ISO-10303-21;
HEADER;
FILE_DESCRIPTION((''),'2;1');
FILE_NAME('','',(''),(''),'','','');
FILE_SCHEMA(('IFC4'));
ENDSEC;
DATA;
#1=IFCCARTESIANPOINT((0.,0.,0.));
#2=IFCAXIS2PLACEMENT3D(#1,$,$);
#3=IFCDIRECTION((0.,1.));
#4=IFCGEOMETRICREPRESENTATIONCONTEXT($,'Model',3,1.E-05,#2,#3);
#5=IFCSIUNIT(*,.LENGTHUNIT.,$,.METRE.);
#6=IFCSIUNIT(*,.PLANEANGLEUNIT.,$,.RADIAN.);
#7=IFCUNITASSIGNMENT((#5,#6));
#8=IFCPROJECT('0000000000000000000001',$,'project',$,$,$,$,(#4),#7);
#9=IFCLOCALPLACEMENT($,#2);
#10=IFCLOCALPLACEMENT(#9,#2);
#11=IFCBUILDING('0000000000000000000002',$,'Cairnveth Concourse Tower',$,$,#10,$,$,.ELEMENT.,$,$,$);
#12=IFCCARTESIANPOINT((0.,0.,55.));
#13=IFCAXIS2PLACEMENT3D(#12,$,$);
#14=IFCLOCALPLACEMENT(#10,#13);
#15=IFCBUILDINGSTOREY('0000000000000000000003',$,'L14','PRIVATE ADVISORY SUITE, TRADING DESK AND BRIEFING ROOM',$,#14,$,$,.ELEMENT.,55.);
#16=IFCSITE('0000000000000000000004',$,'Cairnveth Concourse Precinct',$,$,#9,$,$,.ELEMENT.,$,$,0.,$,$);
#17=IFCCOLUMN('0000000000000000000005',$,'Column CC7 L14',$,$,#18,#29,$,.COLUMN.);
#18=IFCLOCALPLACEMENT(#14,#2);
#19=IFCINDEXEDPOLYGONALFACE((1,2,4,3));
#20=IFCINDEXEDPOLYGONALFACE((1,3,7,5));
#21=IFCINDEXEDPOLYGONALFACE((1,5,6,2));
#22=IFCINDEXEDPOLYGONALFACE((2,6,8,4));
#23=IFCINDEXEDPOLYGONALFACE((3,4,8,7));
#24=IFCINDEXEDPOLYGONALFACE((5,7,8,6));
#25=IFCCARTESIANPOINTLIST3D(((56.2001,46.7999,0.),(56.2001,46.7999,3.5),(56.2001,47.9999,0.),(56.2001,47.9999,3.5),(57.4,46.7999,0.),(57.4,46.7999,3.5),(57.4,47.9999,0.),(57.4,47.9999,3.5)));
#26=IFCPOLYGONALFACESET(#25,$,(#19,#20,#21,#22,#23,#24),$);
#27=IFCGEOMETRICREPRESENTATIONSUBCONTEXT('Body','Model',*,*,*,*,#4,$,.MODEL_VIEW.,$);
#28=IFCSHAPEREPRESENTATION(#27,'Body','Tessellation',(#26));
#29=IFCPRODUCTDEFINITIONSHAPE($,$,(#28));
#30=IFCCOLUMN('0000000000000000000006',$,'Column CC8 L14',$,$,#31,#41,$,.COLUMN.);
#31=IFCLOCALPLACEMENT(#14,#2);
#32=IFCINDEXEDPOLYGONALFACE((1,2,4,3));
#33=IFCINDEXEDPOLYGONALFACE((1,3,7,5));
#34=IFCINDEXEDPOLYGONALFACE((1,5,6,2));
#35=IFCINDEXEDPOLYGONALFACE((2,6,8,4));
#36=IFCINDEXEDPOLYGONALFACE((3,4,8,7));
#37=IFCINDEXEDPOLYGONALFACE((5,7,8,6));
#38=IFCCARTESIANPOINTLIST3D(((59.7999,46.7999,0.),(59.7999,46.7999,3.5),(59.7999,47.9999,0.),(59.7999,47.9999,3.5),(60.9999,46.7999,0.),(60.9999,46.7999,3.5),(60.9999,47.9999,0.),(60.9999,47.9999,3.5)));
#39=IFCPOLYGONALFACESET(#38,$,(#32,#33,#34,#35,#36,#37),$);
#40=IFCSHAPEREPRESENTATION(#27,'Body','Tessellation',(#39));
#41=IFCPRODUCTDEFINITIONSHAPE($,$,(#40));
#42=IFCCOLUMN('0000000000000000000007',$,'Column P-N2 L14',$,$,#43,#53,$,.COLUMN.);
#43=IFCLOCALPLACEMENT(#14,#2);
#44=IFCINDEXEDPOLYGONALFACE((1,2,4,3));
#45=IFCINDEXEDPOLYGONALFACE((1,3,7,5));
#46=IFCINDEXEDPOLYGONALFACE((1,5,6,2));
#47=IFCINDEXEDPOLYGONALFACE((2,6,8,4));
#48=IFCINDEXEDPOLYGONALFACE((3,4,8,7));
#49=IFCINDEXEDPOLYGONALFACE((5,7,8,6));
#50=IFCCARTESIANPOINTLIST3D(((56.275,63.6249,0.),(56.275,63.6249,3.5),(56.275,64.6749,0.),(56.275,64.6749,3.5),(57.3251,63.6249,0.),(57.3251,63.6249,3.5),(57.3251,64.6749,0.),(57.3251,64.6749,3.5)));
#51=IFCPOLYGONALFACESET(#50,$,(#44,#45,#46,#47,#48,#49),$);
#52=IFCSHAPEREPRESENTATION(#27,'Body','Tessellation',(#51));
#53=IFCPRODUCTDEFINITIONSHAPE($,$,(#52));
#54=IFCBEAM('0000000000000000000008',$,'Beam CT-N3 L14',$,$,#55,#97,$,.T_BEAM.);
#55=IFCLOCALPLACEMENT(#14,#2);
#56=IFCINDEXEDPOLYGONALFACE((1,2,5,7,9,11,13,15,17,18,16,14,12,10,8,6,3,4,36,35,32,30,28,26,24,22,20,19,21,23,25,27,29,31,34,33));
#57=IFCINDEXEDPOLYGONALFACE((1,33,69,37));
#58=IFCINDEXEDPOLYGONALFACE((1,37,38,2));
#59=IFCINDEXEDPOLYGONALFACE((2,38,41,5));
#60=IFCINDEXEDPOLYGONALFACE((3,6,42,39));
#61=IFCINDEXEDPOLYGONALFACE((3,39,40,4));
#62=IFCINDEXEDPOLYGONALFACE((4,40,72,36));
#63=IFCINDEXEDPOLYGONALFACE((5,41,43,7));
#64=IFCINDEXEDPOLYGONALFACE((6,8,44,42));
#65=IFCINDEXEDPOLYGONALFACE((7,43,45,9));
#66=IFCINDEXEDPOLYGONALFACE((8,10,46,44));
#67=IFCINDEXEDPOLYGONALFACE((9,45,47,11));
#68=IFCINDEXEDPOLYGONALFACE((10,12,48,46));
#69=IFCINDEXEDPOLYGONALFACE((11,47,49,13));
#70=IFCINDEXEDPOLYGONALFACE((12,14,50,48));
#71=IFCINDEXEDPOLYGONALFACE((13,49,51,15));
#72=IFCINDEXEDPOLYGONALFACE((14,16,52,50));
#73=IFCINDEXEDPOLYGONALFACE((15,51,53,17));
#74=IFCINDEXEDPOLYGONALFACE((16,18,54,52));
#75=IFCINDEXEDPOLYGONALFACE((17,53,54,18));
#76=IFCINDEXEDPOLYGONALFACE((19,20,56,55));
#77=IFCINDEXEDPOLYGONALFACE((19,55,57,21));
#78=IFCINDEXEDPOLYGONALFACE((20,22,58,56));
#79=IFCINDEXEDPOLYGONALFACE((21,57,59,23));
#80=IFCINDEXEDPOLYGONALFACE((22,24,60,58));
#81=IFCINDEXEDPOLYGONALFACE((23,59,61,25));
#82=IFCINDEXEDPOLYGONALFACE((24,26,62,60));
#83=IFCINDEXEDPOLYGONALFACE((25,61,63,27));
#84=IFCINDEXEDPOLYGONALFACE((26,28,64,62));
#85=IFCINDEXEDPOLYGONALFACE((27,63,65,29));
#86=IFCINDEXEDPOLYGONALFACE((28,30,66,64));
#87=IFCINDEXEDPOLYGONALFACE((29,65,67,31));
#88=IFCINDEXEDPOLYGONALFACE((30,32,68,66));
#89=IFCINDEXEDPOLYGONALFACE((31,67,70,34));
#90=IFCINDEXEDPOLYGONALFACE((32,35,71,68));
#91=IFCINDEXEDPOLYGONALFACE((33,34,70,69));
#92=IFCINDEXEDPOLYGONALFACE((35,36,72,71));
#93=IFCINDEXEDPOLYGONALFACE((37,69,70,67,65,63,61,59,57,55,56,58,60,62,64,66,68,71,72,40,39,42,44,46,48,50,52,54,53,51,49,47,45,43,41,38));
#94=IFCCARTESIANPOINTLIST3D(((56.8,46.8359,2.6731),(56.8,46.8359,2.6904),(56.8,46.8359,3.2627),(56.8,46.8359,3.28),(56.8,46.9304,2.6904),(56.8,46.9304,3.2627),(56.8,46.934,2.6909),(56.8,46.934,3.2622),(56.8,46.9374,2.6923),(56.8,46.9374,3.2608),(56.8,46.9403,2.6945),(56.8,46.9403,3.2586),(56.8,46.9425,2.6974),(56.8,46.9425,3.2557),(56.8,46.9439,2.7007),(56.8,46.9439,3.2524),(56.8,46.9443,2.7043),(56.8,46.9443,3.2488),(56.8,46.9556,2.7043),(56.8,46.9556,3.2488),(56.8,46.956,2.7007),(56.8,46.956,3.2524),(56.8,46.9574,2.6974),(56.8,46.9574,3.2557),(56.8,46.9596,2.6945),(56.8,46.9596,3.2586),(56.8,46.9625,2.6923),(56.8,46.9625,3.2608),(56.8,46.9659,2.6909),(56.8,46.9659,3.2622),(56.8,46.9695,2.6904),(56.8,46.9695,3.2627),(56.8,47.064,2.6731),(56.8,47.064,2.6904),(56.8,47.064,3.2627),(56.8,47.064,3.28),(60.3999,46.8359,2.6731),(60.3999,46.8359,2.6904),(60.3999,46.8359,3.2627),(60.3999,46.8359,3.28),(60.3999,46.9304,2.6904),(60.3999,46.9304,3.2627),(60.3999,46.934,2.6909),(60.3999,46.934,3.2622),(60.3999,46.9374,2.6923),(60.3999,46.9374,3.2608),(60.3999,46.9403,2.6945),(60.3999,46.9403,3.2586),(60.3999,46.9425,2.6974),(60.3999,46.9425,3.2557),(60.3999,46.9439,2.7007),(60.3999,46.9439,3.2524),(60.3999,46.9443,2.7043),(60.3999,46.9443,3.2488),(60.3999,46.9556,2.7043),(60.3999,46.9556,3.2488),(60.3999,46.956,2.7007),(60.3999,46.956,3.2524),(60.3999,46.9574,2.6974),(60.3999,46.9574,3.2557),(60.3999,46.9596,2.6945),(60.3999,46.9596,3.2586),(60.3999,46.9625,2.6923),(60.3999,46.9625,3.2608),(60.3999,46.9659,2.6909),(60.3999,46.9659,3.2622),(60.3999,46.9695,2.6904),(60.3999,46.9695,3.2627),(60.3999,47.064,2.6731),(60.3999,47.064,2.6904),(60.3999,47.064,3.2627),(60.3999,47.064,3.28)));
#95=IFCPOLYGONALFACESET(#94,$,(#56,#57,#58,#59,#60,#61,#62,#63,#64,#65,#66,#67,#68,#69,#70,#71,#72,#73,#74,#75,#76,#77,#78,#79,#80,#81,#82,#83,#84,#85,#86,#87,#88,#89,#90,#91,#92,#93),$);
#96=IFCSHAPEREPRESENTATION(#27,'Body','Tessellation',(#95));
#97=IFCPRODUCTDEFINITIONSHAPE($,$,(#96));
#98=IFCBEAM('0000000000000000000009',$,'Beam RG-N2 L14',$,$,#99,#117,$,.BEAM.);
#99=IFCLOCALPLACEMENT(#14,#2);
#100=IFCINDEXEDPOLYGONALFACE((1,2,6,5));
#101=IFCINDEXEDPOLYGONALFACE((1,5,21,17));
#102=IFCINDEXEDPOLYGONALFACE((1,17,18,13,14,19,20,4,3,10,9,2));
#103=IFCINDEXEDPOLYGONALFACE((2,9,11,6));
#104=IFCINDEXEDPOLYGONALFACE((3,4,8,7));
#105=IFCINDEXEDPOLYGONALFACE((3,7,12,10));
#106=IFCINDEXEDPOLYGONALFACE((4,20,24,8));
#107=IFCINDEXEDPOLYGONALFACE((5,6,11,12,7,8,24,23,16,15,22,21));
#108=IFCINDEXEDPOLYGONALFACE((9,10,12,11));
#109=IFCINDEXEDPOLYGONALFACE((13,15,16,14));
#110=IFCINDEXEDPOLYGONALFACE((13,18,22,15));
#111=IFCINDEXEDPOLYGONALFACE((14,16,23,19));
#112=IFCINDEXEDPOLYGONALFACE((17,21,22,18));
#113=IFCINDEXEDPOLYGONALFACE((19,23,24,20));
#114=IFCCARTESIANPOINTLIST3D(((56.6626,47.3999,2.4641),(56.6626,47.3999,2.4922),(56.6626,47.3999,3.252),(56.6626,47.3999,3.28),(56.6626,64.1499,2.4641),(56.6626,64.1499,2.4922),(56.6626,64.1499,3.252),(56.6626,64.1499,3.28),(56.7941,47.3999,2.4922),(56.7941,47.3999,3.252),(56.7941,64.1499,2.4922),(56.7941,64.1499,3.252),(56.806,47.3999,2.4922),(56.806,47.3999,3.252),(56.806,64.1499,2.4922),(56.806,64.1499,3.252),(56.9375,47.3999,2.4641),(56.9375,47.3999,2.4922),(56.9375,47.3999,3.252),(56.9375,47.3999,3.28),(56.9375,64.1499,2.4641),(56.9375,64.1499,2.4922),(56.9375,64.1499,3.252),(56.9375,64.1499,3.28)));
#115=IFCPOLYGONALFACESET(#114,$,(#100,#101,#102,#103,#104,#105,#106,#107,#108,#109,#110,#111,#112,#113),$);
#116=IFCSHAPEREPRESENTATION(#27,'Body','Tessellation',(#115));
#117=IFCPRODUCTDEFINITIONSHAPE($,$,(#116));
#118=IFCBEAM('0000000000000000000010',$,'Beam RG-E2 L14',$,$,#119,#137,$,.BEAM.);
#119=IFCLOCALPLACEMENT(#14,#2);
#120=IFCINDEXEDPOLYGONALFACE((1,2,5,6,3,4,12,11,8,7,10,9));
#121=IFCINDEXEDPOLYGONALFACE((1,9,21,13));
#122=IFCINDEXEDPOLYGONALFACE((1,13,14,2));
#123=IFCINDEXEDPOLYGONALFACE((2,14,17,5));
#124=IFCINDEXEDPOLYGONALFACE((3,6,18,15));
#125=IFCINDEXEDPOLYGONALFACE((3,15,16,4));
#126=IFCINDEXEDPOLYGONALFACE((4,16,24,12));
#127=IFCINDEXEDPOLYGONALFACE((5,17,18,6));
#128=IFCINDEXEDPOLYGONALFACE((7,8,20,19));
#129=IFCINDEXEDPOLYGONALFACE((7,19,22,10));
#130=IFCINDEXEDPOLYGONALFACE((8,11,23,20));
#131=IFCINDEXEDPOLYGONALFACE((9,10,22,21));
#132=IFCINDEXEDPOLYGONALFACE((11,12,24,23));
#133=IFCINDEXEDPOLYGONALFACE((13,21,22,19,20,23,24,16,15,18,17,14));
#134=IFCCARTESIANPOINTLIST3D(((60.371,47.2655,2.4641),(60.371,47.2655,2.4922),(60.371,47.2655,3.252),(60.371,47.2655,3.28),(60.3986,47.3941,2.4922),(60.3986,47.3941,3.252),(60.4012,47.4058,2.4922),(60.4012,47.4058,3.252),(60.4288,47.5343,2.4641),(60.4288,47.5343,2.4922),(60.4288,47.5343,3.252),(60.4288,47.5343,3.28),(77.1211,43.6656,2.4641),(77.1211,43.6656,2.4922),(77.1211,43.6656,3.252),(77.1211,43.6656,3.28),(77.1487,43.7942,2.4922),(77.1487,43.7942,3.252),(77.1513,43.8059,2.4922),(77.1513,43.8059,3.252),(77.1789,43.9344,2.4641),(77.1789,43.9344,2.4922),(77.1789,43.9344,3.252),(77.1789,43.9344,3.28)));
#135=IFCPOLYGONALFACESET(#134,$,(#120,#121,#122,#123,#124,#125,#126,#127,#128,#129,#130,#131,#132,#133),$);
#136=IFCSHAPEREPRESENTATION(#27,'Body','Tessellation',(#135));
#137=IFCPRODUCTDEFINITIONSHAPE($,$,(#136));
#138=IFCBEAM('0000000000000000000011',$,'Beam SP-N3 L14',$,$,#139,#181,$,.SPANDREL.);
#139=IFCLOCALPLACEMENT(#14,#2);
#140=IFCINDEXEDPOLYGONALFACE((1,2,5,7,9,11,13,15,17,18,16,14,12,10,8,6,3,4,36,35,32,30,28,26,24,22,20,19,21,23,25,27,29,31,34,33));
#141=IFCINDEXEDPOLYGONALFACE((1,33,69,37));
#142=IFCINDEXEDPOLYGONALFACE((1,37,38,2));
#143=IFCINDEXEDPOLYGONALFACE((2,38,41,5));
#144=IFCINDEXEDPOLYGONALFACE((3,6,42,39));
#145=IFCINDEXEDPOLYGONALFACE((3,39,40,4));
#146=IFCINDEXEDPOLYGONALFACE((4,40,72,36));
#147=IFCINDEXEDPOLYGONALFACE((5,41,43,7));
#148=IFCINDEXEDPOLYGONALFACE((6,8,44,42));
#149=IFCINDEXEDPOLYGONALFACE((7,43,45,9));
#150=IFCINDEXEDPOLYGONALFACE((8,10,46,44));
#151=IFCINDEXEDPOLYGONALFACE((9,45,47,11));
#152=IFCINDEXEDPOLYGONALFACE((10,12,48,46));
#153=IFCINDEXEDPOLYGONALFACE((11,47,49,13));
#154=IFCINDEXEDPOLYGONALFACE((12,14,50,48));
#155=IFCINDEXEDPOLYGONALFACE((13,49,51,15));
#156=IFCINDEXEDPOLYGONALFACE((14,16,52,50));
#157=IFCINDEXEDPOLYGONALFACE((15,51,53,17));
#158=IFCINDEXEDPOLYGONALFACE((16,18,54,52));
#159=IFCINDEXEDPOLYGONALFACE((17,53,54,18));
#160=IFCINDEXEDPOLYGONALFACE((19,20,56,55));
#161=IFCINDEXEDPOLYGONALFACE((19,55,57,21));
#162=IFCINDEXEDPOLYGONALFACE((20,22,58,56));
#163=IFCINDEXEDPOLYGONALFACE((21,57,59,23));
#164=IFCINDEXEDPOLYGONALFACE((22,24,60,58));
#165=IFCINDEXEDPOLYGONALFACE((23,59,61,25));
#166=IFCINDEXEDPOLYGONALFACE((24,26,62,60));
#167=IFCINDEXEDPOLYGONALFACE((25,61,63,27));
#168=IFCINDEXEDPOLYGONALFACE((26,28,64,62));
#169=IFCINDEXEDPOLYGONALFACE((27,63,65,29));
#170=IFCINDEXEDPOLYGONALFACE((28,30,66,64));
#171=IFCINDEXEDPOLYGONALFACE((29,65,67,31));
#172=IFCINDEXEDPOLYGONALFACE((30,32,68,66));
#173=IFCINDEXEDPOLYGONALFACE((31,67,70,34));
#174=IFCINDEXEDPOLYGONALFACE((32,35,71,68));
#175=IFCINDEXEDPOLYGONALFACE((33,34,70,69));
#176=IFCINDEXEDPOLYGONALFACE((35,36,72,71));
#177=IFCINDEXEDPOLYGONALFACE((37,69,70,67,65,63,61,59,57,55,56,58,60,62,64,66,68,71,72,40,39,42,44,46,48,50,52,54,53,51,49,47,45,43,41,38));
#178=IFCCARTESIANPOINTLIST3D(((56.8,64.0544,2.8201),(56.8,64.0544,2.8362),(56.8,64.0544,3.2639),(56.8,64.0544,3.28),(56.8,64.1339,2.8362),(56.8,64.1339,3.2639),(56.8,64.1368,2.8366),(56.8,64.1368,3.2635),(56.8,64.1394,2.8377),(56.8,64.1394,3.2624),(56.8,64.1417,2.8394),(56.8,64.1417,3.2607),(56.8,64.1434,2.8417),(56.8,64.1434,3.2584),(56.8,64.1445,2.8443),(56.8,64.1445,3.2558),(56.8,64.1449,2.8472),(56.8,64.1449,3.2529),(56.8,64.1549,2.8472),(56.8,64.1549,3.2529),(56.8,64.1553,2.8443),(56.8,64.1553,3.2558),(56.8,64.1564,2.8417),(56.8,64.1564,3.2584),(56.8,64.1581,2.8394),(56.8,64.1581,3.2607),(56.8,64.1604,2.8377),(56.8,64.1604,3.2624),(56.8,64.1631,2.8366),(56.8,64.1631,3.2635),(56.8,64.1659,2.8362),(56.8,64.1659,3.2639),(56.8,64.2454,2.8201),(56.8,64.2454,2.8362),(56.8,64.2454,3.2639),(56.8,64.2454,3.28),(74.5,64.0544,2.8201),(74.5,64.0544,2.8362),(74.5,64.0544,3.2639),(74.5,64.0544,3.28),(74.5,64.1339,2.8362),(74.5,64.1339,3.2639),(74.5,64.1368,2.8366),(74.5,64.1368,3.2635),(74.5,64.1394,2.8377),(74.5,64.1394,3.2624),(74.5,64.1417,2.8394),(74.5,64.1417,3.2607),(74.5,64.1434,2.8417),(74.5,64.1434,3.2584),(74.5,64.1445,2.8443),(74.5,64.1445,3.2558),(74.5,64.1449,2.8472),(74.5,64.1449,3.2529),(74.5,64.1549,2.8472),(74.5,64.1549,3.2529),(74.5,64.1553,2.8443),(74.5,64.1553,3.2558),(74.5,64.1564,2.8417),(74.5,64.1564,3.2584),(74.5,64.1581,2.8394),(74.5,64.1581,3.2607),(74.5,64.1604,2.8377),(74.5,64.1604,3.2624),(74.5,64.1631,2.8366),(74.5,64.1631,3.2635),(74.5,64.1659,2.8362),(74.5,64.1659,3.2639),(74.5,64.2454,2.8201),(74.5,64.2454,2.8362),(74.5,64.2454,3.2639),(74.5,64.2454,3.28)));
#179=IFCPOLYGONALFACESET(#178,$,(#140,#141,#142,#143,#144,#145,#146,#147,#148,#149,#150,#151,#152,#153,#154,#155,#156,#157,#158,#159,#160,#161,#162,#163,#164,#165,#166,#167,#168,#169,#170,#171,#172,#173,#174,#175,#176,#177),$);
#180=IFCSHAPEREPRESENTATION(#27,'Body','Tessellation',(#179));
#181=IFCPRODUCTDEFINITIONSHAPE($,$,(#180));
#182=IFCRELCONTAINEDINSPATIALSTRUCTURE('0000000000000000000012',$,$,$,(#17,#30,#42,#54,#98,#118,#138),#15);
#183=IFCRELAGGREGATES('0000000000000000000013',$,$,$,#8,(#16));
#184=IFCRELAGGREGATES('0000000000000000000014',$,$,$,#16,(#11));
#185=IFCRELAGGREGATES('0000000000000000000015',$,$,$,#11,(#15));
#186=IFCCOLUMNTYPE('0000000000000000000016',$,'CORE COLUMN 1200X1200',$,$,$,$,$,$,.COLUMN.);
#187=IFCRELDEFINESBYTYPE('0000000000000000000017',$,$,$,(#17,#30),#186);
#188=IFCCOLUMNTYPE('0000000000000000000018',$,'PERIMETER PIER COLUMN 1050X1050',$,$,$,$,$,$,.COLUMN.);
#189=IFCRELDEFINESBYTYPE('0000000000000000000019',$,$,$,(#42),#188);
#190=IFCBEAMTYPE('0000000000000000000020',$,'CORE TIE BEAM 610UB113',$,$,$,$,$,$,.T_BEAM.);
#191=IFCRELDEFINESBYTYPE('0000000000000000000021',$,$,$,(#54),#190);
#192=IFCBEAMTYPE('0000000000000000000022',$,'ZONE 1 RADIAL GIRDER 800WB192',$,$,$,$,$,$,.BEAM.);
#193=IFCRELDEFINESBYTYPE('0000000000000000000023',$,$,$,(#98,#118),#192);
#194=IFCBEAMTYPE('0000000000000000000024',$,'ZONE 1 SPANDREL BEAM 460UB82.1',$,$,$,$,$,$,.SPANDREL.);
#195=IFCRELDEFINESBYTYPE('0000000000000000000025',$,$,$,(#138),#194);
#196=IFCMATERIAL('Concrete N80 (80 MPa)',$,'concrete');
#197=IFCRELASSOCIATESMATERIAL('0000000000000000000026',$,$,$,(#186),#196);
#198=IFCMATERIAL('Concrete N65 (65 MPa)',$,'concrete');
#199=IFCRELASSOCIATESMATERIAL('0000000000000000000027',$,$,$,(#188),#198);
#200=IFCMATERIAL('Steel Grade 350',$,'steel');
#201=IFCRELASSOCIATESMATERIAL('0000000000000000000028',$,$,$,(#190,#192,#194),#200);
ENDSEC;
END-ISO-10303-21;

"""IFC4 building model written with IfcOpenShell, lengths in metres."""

from ifc_helpers import new_model, si_unit, direction, frame, origin, origin_2d, place, context, subcontext, project, spatial, rectangle, i_section, extrude, material, material_profile, profile_set, type_object, element, save


model = new_model("IFC4")

# Units and contexts
model_context = context("Model", 3, precision=1e-05, world=origin(), true_north=direction((0.0, 1.0)))
body_context = subcontext(model_context, "Body", "Model", "MODEL_VIEW")
ifc_project = project(units=[si_unit("LENGTHUNIT", "METRE"), si_unit("PLANEANGLEUNIT", "RADIAN")], contexts=[model_context])

# Site, building, storey
site_placement = place(None, origin())
site = spatial("IfcSite", under=ifc_project, at=site_placement, Name="Cairnveth Concourse Precinct", CompositionType="ELEMENT", RefElevation=0.0)
building_placement = place(site_placement, origin())
building = spatial("IfcBuilding", under=site, at=building_placement, Name="Cairnveth Concourse Tower", CompositionType="ELEMENT")
storey_placement = place(building_placement, frame((0.0, 0.0, 55.0)))
storey = spatial("IfcBuildingStorey", under=building, at=storey_placement, Name="L14", Description="PRIVATE ADVISORY SUITE, TRADING DESK AND BRIEFING ROOM", CompositionType="ELEMENT", Elevation=55.0)

# Columns
ifc_material_1 = material(Name="Concrete N80 (80 MPa)", Category="concrete")
ifc_material_profile_1 = material_profile(ifc_material_1, rectangle(XDim=1.2, YDim=1.2, at=origin_2d()), Name="RC-COL-1200x1200")
ifc_profile_set_1 = profile_set([ifc_material_profile_1], Name="Concrete N80 (80 MPa)")
column_type_1 = type_object("IfcColumnType", Name="CORE COLUMN 1200X1200", PredefinedType="COLUMN", material=ifc_profile_set_1)
for number, where, z_axis, x_axis, name in (
    (1, (56.8, 47.3999, 0.0), (0.0, 0.0, 1.0), (1.0, 0.0, 0.0), "Column CC7 L14"),
    (2, (60.3999, 47.3999, 0.0), (0.0, 0.0, 1.0), (1.0, 0.0, 0.0), "Column CC8 L14"),
):
    element("IfcColumn", number, at=place(storey_placement, frame(where, z_axis=z_axis, x_axis=x_axis)), inside=storey, type_object=column_type_1, Name=name, PredefinedType="COLUMN", context=body_context, shape_type="SweptSolid", body=[
        extrude(rectangle(XDim=1.2, YDim=1.2, at=origin_2d()), origin(), (0.0, 0.0, 1.0), 3.5),
    ])
ifc_material_2 = material(Name="Concrete N65 (65 MPa)", Category="concrete")
ifc_material_profile_2 = material_profile(ifc_material_2, rectangle(XDim=1.05, YDim=1.05, at=origin_2d()), Name="RC-COL-1050x1050")
ifc_profile_set_2 = profile_set([ifc_material_profile_2], Name="Concrete N65 (65 MPa)")
column_type_2 = type_object("IfcColumnType", Name="PERIMETER PIER COLUMN 1050X1050", PredefinedType="COLUMN", material=ifc_profile_set_2)
column_placement = place(storey_placement, frame((56.8, 64.1499, 0.0), z_axis=(0.0, 0.0, 1.0), x_axis=(1.0, 0.0, 0.0)))
element("IfcColumn", 3, at=column_placement, inside=storey, type_object=column_type_2, Name="Column P-N2 L14", PredefinedType="COLUMN", context=body_context, shape_type="SweptSolid", body=[
    extrude(rectangle(XDim=1.05, YDim=1.05, at=origin_2d()), origin(), (0.0, 0.0, 1.0), 3.5),
])

# Beams
ifc_material_3 = material(Name="Steel Grade 350", Category="steel")
ifc_material_profile_3 = material_profile(ifc_material_3, i_section(OverallWidth=0.228, OverallDepth=0.6069, WebThickness=0.0112, FlangeThickness=0.0173, FilletRadius=0.0139, at=origin_2d()), Name="610UB113")
ifc_profile_set_3 = profile_set([ifc_material_profile_3], Name="Steel Grade 350")
beam_type_1 = type_object("IfcBeamType", Name="CORE TIE BEAM 610UB113", PredefinedType="T_BEAM", material=ifc_profile_set_3)
beam_1_placement = place(storey_placement, frame((56.8, 46.95, 2.9766), z_axis=(1.0, 0.0, 0.0), x_axis=(0.0, 1.0, 0.0)))
element("IfcBeam", 4, at=beam_1_placement, inside=storey, type_object=beam_type_1, Name="Beam CT-N3 L14", PredefinedType="T_BEAM", context=body_context, shape_type="SweptSolid", body=[
    extrude(i_section(OverallWidth=0.228, OverallDepth=0.6069, WebThickness=0.0112, FlangeThickness=0.0173, FilletRadius=0.0139, at=origin_2d()), origin(), (0.0, 0.0, 1.0), 3.5999),
])
ifc_material_profile_4 = material_profile(ifc_material_3, i_section(OverallWidth=0.2749, OverallDepth=0.8159, WebThickness=0.012, FlangeThickness=0.0281, at=origin_2d()), Name="800WB192")
ifc_profile_set_4 = profile_set([ifc_material_profile_4], Name="Steel Grade 350")
beam_type_2 = type_object("IfcBeamType", Name="ZONE 1 RADIAL GIRDER 800WB192", PredefinedType="BEAM", material=ifc_profile_set_4)
beam_2_placement = place(storey_placement, frame((56.8, 47.3999, 2.8721), z_axis=(0.0, 1.0, 0.0), x_axis=(-1.0, 0.0, 0.0)))
element("IfcBeam", 5, at=beam_2_placement, inside=storey, type_object=beam_type_2, Name="Beam RG-N2 L14", PredefinedType="BEAM", context=body_context, shape_type="SweptSolid", body=[
    extrude(i_section(OverallWidth=0.2749, OverallDepth=0.8159, WebThickness=0.012, FlangeThickness=0.0281, at=origin_2d()), origin(), (0.0, 0.0, 1.0), 16.75),
])
beam_3_placement = place(storey_placement, frame((60.3999, 47.3999, 2.8721), z_axis=(0.977676, -0.210119, 0.0), x_axis=(0.210119, 0.977676, 0.0)))
element("IfcBeam", 6, at=beam_3_placement, inside=storey, type_object=beam_type_2, Name="Beam RG-E2 L14", PredefinedType="BEAM", context=body_context, shape_type="SweptSolid", body=[
    extrude(i_section(OverallWidth=0.2749, OverallDepth=0.8159, WebThickness=0.012, FlangeThickness=0.0281, at=origin_2d()), origin(), (0.0, 0.0, 1.0), 17.1326),
])
ifc_material_profile_5 = material_profile(ifc_material_3, i_section(OverallWidth=0.1909, OverallDepth=0.46, WebThickness=0.01, FlangeThickness=0.0161, FilletRadius=0.011, at=origin_2d()), Name="460UB82.1")
ifc_profile_set_5 = profile_set([ifc_material_profile_5], Name="Steel Grade 350")
beam_type_3 = type_object("IfcBeamType", Name="ZONE 1 SPANDREL BEAM 460UB82.1", PredefinedType="SPANDREL", material=ifc_profile_set_5)
beam_4_placement = place(storey_placement, frame((56.8, 64.1499, 3.05), z_axis=(1.0, 0.0, 0.0), x_axis=(0.0, 1.0, 0.0)))
element("IfcBeam", 7, at=beam_4_placement, inside=storey, type_object=beam_type_3, Name="Beam SP-N3 L14", PredefinedType="SPANDREL", context=body_context, shape_type="SweptSolid", body=[
    extrude(i_section(OverallWidth=0.1909, OverallDepth=0.46, WebThickness=0.01, FlangeThickness=0.0161, FilletRadius=0.011, at=origin_2d()), origin(), (0.0, 0.0, 1.0), 17.7),
])

save(model, "model.ifc")
